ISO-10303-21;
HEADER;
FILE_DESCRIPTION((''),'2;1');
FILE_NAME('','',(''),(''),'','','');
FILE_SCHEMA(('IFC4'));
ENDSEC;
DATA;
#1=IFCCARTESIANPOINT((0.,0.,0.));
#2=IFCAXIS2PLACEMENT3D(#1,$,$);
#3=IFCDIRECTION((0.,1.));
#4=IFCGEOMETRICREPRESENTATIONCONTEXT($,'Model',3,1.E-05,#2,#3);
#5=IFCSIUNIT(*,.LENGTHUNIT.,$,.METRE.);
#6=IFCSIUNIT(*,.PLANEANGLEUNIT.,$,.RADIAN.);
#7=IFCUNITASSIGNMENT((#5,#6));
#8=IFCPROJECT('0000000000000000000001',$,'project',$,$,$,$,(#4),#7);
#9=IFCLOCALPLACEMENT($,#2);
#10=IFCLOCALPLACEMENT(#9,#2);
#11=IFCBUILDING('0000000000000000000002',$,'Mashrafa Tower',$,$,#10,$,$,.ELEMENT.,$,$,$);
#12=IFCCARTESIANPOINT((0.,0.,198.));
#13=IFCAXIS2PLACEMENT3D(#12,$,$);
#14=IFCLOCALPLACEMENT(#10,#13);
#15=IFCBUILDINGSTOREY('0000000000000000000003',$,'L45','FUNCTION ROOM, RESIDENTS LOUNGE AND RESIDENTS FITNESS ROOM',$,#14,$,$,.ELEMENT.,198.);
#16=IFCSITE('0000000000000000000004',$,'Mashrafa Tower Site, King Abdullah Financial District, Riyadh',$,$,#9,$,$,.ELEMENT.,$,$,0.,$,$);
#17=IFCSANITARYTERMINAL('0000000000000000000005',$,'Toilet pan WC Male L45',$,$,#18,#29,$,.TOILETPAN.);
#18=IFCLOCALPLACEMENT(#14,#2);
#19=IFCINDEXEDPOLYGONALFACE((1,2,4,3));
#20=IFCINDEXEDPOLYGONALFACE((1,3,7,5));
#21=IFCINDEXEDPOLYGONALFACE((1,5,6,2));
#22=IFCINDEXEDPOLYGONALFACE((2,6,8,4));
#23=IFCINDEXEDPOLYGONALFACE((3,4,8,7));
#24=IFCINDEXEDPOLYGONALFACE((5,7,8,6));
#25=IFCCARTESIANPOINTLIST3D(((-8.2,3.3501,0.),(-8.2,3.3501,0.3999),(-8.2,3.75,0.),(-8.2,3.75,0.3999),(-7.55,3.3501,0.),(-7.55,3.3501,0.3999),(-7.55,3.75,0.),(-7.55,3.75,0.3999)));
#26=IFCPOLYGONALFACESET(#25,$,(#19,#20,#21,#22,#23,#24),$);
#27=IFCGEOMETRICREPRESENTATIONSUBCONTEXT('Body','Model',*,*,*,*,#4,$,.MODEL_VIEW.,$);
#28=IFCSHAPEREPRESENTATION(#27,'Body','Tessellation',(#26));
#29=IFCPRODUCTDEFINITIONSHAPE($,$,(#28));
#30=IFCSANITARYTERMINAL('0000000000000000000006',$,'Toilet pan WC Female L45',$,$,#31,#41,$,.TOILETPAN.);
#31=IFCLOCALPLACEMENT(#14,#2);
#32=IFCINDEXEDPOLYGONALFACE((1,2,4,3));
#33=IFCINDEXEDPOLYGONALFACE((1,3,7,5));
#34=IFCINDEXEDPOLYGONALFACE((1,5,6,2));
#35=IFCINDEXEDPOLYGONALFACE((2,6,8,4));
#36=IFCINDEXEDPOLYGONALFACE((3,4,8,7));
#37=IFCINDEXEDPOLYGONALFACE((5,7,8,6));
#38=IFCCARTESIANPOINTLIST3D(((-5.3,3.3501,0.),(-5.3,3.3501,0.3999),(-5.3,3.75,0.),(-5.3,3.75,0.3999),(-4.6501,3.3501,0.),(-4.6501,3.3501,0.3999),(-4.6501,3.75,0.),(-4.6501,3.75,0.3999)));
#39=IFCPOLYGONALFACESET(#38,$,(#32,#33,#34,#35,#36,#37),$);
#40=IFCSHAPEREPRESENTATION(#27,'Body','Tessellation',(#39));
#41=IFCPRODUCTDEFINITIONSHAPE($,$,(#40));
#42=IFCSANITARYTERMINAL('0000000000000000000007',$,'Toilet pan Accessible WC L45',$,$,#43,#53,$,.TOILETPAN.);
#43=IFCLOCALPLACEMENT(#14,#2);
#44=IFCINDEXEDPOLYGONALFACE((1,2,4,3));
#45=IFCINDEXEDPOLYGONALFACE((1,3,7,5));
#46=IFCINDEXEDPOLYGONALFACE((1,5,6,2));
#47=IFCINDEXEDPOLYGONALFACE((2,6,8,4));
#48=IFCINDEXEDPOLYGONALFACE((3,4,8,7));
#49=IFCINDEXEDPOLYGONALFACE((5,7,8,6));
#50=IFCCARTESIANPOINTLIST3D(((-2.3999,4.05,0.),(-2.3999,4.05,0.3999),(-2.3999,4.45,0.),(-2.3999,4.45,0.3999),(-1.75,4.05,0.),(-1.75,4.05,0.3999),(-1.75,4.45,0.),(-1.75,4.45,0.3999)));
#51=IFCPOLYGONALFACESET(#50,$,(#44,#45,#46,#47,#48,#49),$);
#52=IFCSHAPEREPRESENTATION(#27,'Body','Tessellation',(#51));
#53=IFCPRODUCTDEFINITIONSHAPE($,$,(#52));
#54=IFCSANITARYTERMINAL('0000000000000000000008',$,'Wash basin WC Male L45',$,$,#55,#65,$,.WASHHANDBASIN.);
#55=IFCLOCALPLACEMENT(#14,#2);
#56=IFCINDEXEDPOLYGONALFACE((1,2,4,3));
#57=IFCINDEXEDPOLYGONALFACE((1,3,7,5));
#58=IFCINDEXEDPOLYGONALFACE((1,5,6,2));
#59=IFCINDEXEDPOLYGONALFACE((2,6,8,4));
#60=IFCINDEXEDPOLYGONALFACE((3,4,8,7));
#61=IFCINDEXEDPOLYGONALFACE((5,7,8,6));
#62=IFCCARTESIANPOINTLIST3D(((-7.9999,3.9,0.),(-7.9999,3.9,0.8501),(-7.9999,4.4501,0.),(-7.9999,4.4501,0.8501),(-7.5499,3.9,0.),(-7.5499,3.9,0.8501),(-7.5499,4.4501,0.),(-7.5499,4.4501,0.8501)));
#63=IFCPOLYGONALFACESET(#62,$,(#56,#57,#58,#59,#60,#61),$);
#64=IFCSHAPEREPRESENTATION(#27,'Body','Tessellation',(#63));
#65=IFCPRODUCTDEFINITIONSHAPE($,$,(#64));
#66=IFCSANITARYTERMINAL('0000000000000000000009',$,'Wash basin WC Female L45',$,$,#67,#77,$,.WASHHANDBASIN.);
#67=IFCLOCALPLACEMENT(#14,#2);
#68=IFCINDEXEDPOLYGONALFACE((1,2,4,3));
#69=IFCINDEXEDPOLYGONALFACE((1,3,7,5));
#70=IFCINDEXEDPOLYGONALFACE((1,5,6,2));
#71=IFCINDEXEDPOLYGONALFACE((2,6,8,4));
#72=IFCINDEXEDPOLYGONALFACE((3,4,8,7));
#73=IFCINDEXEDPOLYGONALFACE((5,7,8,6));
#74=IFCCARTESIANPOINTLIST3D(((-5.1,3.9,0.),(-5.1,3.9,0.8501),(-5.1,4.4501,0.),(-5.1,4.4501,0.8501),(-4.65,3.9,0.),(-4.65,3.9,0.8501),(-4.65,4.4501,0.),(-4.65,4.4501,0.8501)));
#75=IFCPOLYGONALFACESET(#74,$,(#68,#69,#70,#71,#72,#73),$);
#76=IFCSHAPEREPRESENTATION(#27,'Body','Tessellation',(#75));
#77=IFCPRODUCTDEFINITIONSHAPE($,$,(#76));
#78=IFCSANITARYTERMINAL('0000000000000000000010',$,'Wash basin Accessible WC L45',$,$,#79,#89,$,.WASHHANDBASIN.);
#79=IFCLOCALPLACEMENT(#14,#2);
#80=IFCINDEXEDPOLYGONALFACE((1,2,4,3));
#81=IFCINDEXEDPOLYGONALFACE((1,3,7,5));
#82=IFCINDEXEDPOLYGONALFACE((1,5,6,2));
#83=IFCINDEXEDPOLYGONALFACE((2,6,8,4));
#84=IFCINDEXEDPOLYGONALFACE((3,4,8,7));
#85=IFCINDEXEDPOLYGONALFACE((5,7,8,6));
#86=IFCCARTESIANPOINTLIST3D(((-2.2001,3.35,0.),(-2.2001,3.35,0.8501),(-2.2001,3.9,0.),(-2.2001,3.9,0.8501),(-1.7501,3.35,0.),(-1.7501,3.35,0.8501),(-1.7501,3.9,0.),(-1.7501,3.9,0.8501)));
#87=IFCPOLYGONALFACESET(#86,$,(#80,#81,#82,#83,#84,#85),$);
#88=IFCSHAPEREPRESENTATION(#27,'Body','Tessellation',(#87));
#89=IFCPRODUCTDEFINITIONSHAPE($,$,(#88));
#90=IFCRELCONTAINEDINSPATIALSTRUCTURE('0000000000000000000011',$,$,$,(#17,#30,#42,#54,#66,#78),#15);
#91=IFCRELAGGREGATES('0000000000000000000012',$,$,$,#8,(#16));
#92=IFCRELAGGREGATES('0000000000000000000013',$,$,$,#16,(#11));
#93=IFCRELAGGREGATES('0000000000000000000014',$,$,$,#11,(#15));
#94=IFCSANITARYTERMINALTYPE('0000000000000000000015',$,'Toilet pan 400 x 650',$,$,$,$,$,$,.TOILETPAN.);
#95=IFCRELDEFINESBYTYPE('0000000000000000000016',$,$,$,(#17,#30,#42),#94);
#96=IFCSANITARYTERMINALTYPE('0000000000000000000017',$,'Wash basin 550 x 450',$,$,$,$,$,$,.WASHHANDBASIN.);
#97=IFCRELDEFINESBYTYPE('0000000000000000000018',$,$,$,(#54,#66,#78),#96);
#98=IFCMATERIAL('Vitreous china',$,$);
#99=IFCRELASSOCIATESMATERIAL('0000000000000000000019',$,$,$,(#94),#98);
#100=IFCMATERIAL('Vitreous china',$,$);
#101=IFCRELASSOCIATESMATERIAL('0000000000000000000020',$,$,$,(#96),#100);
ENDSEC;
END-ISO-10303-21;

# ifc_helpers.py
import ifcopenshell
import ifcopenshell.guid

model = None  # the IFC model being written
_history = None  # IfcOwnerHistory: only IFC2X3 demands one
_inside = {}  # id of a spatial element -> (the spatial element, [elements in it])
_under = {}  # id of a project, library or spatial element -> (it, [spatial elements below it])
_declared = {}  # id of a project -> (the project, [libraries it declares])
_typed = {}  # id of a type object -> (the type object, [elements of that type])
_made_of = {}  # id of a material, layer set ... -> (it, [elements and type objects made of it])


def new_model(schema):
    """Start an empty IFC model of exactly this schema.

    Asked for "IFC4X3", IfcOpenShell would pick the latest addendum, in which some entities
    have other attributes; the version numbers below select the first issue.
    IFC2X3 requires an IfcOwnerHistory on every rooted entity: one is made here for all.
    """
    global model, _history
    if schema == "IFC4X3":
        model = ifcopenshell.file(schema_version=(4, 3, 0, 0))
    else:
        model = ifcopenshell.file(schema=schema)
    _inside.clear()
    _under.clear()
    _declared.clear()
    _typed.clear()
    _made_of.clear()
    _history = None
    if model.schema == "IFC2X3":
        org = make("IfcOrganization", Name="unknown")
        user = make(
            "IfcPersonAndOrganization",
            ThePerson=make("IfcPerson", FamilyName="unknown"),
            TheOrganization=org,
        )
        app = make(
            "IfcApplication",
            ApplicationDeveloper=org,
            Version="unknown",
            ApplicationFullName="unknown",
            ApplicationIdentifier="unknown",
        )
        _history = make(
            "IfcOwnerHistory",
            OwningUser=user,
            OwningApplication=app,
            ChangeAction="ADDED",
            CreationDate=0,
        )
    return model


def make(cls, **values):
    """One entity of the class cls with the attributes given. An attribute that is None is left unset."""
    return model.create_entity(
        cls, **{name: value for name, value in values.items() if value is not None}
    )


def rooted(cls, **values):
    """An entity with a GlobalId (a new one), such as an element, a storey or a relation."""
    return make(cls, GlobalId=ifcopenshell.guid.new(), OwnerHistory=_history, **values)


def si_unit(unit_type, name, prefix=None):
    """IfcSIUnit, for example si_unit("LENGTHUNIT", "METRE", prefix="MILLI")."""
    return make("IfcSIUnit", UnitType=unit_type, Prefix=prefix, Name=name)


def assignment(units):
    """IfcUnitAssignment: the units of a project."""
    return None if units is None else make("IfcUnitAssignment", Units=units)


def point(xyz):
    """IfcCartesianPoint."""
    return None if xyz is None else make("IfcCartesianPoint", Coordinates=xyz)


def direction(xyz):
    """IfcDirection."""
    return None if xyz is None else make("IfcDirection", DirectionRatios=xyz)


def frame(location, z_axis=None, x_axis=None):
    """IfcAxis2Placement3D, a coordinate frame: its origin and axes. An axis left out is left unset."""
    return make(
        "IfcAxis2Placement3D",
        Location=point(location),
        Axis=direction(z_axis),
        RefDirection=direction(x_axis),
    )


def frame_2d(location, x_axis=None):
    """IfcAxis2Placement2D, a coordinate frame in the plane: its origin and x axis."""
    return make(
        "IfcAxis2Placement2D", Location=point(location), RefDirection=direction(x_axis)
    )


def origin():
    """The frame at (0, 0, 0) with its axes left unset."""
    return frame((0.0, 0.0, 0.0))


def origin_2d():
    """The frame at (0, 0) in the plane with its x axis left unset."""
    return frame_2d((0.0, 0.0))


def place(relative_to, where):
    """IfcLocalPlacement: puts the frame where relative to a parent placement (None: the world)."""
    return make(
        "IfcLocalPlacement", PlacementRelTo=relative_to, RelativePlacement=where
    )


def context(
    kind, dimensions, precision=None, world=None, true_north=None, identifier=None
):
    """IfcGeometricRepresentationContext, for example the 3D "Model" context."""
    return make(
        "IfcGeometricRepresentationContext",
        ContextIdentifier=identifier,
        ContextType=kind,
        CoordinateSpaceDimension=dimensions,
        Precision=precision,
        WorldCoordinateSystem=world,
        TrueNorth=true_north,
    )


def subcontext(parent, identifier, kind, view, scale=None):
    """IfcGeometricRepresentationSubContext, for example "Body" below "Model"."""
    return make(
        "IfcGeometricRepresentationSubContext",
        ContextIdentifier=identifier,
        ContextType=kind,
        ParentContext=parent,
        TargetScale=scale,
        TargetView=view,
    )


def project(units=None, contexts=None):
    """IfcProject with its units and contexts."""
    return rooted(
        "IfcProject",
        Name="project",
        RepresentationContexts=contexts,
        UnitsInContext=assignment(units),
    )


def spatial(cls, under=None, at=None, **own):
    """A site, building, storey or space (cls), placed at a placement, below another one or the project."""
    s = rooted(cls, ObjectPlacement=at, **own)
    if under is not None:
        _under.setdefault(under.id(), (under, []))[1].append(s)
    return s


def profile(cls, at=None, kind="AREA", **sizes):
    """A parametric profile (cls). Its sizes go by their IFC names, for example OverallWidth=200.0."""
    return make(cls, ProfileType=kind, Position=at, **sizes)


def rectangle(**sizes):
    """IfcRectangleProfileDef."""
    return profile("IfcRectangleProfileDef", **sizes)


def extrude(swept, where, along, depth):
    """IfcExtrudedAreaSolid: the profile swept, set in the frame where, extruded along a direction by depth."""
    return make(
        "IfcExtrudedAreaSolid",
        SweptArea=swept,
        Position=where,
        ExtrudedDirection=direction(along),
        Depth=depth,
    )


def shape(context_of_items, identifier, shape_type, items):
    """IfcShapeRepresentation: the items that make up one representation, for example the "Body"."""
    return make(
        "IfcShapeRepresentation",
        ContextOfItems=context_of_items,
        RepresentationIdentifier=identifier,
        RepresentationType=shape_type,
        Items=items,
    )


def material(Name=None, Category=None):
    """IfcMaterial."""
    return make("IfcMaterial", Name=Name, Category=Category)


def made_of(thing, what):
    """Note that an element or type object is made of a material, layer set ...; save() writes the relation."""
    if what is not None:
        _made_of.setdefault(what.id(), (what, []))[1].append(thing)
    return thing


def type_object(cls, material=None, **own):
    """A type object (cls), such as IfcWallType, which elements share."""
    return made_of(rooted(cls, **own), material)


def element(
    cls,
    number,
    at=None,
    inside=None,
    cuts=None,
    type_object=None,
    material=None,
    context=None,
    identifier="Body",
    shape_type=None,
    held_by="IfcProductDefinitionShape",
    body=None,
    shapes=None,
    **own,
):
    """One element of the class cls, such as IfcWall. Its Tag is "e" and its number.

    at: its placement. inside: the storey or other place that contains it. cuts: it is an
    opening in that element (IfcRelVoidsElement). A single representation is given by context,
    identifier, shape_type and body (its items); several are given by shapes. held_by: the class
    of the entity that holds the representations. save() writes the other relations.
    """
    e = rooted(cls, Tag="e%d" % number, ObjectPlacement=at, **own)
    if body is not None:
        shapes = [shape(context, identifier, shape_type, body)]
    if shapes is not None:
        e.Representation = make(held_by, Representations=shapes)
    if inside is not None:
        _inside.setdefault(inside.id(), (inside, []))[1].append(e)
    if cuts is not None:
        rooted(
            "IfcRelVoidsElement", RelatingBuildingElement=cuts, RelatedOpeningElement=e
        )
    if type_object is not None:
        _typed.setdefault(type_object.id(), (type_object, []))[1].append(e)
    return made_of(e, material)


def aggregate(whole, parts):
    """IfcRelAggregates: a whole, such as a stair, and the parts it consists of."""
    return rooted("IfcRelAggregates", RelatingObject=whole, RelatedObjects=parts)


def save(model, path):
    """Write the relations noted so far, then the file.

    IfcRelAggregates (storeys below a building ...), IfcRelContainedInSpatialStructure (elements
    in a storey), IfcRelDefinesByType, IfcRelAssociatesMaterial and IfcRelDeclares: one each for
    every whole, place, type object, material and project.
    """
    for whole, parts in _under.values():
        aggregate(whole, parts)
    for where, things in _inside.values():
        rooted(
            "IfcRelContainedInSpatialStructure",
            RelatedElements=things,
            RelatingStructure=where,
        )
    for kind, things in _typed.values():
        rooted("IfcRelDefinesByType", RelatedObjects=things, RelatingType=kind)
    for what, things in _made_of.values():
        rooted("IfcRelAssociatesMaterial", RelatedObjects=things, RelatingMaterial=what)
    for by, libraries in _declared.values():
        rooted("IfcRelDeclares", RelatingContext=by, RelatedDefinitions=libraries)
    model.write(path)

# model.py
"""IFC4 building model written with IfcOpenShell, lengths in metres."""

from ifc_helpers import new_model, si_unit, direction, frame, origin, origin_2d, place, context, subcontext, project, spatial, rectangle, extrude, material, type_object, element, save


model = new_model("IFC4")

# Units and contexts
model_context = context("Model", 3, precision=1e-05, world=origin(), true_north=direction((0.0, 1.0)))
body_context = subcontext(model_context, "Body", "Model", "MODEL_VIEW")
ifc_project = project(units=[si_unit("LENGTHUNIT", "METRE"), si_unit("PLANEANGLEUNIT", "RADIAN")], contexts=[model_context])

# Site, building, storey
site_placement = place(None, origin())
site = spatial("IfcSite", under=ifc_project, at=site_placement, Name="Mashrafa Tower Site, King Abdullah Financial District, Riyadh", CompositionType="ELEMENT", RefElevation=0.0)
building_placement = place(site_placement, origin())
building = spatial("IfcBuilding", under=site, at=building_placement, Name="Mashrafa Tower", CompositionType="ELEMENT")
storey_placement = place(building_placement, frame((0.0, 0.0, 198.0)))
storey = spatial("IfcBuildingStorey", under=building, at=storey_placement, Name="L45", Description="FUNCTION ROOM, RESIDENTS LOUNGE AND RESIDENTS FITNESS ROOM", CompositionType="ELEMENT", Elevation=198.0)

# Sanitary terminals
ifc_material_1 = material(Name="Vitreous china")
sanitary_terminal_type_1 = type_object("IfcSanitaryTerminalType", Name="Toilet pan 400 x 650", PredefinedType="TOILETPAN", material=ifc_material_1)
for number, where, z_axis, x_axis, name in (
    (1, (-7.875, 3.55, 0.0), (0.0, 0.0, 1.0), (0.0, 1.0, 0.0), "Toilet pan WC Male L45"),
    (2, (-4.9751, 3.55, 0.0), (0.0, 0.0, 1.0), (0.0, 1.0, 0.0), "Toilet pan WC Female L45"),
    (3, (-2.075, 4.25, 0.0), (0.0, 0.0, 1.0), (0.0, 1.0, 0.0), "Toilet pan Accessible WC L45"),
):
    element("IfcSanitaryTerminal", number, at=place(storey_placement, frame(where, z_axis=z_axis, x_axis=x_axis)), inside=storey, type_object=sanitary_terminal_type_1, Name=name, PredefinedType="TOILETPAN", context=body_context, shape_type="SweptSolid", body=[
        extrude(rectangle(XDim=0.3999, YDim=0.6499, at=origin_2d()), origin(), (0.0, 0.0, 1.0), 0.3999),
    ])
ifc_material_2 = material(Name="Vitreous china")
sanitary_terminal_type_2 = type_object("IfcSanitaryTerminalType", Name="Wash basin 550 x 450", PredefinedType="WASHHANDBASIN", material=ifc_material_2)
for number, where, z_axis, x_axis, name in (
    (4, (-7.7749, 4.175, 0.0), (0.0, 0.0, 1.0), (0.0, 1.0, 0.0), "Wash basin WC Male L45"),
    (5, (-4.875, 4.175, 0.0), (0.0, 0.0, 1.0), (0.0, 1.0, 0.0), "Wash basin WC Female L45"),
    (6, (-1.9751, 3.625, 0.0), (0.0, 0.0, 1.0), (0.0, 1.0, 0.0), "Wash basin Accessible WC L45"),
):
    element("IfcSanitaryTerminal", number, at=place(storey_placement, frame(where, z_axis=z_axis, x_axis=x_axis)), inside=storey, type_object=sanitary_terminal_type_2, Name=name, PredefinedType="WASHHANDBASIN", context=body_context, shape_type="SweptSolid", body=[
        extrude(rectangle(XDim=0.55, YDim=0.45, at=origin_2d()), origin(), (0.0, 0.0, 1.0), 0.8501),
    ])

save(model, "model.ifc")
